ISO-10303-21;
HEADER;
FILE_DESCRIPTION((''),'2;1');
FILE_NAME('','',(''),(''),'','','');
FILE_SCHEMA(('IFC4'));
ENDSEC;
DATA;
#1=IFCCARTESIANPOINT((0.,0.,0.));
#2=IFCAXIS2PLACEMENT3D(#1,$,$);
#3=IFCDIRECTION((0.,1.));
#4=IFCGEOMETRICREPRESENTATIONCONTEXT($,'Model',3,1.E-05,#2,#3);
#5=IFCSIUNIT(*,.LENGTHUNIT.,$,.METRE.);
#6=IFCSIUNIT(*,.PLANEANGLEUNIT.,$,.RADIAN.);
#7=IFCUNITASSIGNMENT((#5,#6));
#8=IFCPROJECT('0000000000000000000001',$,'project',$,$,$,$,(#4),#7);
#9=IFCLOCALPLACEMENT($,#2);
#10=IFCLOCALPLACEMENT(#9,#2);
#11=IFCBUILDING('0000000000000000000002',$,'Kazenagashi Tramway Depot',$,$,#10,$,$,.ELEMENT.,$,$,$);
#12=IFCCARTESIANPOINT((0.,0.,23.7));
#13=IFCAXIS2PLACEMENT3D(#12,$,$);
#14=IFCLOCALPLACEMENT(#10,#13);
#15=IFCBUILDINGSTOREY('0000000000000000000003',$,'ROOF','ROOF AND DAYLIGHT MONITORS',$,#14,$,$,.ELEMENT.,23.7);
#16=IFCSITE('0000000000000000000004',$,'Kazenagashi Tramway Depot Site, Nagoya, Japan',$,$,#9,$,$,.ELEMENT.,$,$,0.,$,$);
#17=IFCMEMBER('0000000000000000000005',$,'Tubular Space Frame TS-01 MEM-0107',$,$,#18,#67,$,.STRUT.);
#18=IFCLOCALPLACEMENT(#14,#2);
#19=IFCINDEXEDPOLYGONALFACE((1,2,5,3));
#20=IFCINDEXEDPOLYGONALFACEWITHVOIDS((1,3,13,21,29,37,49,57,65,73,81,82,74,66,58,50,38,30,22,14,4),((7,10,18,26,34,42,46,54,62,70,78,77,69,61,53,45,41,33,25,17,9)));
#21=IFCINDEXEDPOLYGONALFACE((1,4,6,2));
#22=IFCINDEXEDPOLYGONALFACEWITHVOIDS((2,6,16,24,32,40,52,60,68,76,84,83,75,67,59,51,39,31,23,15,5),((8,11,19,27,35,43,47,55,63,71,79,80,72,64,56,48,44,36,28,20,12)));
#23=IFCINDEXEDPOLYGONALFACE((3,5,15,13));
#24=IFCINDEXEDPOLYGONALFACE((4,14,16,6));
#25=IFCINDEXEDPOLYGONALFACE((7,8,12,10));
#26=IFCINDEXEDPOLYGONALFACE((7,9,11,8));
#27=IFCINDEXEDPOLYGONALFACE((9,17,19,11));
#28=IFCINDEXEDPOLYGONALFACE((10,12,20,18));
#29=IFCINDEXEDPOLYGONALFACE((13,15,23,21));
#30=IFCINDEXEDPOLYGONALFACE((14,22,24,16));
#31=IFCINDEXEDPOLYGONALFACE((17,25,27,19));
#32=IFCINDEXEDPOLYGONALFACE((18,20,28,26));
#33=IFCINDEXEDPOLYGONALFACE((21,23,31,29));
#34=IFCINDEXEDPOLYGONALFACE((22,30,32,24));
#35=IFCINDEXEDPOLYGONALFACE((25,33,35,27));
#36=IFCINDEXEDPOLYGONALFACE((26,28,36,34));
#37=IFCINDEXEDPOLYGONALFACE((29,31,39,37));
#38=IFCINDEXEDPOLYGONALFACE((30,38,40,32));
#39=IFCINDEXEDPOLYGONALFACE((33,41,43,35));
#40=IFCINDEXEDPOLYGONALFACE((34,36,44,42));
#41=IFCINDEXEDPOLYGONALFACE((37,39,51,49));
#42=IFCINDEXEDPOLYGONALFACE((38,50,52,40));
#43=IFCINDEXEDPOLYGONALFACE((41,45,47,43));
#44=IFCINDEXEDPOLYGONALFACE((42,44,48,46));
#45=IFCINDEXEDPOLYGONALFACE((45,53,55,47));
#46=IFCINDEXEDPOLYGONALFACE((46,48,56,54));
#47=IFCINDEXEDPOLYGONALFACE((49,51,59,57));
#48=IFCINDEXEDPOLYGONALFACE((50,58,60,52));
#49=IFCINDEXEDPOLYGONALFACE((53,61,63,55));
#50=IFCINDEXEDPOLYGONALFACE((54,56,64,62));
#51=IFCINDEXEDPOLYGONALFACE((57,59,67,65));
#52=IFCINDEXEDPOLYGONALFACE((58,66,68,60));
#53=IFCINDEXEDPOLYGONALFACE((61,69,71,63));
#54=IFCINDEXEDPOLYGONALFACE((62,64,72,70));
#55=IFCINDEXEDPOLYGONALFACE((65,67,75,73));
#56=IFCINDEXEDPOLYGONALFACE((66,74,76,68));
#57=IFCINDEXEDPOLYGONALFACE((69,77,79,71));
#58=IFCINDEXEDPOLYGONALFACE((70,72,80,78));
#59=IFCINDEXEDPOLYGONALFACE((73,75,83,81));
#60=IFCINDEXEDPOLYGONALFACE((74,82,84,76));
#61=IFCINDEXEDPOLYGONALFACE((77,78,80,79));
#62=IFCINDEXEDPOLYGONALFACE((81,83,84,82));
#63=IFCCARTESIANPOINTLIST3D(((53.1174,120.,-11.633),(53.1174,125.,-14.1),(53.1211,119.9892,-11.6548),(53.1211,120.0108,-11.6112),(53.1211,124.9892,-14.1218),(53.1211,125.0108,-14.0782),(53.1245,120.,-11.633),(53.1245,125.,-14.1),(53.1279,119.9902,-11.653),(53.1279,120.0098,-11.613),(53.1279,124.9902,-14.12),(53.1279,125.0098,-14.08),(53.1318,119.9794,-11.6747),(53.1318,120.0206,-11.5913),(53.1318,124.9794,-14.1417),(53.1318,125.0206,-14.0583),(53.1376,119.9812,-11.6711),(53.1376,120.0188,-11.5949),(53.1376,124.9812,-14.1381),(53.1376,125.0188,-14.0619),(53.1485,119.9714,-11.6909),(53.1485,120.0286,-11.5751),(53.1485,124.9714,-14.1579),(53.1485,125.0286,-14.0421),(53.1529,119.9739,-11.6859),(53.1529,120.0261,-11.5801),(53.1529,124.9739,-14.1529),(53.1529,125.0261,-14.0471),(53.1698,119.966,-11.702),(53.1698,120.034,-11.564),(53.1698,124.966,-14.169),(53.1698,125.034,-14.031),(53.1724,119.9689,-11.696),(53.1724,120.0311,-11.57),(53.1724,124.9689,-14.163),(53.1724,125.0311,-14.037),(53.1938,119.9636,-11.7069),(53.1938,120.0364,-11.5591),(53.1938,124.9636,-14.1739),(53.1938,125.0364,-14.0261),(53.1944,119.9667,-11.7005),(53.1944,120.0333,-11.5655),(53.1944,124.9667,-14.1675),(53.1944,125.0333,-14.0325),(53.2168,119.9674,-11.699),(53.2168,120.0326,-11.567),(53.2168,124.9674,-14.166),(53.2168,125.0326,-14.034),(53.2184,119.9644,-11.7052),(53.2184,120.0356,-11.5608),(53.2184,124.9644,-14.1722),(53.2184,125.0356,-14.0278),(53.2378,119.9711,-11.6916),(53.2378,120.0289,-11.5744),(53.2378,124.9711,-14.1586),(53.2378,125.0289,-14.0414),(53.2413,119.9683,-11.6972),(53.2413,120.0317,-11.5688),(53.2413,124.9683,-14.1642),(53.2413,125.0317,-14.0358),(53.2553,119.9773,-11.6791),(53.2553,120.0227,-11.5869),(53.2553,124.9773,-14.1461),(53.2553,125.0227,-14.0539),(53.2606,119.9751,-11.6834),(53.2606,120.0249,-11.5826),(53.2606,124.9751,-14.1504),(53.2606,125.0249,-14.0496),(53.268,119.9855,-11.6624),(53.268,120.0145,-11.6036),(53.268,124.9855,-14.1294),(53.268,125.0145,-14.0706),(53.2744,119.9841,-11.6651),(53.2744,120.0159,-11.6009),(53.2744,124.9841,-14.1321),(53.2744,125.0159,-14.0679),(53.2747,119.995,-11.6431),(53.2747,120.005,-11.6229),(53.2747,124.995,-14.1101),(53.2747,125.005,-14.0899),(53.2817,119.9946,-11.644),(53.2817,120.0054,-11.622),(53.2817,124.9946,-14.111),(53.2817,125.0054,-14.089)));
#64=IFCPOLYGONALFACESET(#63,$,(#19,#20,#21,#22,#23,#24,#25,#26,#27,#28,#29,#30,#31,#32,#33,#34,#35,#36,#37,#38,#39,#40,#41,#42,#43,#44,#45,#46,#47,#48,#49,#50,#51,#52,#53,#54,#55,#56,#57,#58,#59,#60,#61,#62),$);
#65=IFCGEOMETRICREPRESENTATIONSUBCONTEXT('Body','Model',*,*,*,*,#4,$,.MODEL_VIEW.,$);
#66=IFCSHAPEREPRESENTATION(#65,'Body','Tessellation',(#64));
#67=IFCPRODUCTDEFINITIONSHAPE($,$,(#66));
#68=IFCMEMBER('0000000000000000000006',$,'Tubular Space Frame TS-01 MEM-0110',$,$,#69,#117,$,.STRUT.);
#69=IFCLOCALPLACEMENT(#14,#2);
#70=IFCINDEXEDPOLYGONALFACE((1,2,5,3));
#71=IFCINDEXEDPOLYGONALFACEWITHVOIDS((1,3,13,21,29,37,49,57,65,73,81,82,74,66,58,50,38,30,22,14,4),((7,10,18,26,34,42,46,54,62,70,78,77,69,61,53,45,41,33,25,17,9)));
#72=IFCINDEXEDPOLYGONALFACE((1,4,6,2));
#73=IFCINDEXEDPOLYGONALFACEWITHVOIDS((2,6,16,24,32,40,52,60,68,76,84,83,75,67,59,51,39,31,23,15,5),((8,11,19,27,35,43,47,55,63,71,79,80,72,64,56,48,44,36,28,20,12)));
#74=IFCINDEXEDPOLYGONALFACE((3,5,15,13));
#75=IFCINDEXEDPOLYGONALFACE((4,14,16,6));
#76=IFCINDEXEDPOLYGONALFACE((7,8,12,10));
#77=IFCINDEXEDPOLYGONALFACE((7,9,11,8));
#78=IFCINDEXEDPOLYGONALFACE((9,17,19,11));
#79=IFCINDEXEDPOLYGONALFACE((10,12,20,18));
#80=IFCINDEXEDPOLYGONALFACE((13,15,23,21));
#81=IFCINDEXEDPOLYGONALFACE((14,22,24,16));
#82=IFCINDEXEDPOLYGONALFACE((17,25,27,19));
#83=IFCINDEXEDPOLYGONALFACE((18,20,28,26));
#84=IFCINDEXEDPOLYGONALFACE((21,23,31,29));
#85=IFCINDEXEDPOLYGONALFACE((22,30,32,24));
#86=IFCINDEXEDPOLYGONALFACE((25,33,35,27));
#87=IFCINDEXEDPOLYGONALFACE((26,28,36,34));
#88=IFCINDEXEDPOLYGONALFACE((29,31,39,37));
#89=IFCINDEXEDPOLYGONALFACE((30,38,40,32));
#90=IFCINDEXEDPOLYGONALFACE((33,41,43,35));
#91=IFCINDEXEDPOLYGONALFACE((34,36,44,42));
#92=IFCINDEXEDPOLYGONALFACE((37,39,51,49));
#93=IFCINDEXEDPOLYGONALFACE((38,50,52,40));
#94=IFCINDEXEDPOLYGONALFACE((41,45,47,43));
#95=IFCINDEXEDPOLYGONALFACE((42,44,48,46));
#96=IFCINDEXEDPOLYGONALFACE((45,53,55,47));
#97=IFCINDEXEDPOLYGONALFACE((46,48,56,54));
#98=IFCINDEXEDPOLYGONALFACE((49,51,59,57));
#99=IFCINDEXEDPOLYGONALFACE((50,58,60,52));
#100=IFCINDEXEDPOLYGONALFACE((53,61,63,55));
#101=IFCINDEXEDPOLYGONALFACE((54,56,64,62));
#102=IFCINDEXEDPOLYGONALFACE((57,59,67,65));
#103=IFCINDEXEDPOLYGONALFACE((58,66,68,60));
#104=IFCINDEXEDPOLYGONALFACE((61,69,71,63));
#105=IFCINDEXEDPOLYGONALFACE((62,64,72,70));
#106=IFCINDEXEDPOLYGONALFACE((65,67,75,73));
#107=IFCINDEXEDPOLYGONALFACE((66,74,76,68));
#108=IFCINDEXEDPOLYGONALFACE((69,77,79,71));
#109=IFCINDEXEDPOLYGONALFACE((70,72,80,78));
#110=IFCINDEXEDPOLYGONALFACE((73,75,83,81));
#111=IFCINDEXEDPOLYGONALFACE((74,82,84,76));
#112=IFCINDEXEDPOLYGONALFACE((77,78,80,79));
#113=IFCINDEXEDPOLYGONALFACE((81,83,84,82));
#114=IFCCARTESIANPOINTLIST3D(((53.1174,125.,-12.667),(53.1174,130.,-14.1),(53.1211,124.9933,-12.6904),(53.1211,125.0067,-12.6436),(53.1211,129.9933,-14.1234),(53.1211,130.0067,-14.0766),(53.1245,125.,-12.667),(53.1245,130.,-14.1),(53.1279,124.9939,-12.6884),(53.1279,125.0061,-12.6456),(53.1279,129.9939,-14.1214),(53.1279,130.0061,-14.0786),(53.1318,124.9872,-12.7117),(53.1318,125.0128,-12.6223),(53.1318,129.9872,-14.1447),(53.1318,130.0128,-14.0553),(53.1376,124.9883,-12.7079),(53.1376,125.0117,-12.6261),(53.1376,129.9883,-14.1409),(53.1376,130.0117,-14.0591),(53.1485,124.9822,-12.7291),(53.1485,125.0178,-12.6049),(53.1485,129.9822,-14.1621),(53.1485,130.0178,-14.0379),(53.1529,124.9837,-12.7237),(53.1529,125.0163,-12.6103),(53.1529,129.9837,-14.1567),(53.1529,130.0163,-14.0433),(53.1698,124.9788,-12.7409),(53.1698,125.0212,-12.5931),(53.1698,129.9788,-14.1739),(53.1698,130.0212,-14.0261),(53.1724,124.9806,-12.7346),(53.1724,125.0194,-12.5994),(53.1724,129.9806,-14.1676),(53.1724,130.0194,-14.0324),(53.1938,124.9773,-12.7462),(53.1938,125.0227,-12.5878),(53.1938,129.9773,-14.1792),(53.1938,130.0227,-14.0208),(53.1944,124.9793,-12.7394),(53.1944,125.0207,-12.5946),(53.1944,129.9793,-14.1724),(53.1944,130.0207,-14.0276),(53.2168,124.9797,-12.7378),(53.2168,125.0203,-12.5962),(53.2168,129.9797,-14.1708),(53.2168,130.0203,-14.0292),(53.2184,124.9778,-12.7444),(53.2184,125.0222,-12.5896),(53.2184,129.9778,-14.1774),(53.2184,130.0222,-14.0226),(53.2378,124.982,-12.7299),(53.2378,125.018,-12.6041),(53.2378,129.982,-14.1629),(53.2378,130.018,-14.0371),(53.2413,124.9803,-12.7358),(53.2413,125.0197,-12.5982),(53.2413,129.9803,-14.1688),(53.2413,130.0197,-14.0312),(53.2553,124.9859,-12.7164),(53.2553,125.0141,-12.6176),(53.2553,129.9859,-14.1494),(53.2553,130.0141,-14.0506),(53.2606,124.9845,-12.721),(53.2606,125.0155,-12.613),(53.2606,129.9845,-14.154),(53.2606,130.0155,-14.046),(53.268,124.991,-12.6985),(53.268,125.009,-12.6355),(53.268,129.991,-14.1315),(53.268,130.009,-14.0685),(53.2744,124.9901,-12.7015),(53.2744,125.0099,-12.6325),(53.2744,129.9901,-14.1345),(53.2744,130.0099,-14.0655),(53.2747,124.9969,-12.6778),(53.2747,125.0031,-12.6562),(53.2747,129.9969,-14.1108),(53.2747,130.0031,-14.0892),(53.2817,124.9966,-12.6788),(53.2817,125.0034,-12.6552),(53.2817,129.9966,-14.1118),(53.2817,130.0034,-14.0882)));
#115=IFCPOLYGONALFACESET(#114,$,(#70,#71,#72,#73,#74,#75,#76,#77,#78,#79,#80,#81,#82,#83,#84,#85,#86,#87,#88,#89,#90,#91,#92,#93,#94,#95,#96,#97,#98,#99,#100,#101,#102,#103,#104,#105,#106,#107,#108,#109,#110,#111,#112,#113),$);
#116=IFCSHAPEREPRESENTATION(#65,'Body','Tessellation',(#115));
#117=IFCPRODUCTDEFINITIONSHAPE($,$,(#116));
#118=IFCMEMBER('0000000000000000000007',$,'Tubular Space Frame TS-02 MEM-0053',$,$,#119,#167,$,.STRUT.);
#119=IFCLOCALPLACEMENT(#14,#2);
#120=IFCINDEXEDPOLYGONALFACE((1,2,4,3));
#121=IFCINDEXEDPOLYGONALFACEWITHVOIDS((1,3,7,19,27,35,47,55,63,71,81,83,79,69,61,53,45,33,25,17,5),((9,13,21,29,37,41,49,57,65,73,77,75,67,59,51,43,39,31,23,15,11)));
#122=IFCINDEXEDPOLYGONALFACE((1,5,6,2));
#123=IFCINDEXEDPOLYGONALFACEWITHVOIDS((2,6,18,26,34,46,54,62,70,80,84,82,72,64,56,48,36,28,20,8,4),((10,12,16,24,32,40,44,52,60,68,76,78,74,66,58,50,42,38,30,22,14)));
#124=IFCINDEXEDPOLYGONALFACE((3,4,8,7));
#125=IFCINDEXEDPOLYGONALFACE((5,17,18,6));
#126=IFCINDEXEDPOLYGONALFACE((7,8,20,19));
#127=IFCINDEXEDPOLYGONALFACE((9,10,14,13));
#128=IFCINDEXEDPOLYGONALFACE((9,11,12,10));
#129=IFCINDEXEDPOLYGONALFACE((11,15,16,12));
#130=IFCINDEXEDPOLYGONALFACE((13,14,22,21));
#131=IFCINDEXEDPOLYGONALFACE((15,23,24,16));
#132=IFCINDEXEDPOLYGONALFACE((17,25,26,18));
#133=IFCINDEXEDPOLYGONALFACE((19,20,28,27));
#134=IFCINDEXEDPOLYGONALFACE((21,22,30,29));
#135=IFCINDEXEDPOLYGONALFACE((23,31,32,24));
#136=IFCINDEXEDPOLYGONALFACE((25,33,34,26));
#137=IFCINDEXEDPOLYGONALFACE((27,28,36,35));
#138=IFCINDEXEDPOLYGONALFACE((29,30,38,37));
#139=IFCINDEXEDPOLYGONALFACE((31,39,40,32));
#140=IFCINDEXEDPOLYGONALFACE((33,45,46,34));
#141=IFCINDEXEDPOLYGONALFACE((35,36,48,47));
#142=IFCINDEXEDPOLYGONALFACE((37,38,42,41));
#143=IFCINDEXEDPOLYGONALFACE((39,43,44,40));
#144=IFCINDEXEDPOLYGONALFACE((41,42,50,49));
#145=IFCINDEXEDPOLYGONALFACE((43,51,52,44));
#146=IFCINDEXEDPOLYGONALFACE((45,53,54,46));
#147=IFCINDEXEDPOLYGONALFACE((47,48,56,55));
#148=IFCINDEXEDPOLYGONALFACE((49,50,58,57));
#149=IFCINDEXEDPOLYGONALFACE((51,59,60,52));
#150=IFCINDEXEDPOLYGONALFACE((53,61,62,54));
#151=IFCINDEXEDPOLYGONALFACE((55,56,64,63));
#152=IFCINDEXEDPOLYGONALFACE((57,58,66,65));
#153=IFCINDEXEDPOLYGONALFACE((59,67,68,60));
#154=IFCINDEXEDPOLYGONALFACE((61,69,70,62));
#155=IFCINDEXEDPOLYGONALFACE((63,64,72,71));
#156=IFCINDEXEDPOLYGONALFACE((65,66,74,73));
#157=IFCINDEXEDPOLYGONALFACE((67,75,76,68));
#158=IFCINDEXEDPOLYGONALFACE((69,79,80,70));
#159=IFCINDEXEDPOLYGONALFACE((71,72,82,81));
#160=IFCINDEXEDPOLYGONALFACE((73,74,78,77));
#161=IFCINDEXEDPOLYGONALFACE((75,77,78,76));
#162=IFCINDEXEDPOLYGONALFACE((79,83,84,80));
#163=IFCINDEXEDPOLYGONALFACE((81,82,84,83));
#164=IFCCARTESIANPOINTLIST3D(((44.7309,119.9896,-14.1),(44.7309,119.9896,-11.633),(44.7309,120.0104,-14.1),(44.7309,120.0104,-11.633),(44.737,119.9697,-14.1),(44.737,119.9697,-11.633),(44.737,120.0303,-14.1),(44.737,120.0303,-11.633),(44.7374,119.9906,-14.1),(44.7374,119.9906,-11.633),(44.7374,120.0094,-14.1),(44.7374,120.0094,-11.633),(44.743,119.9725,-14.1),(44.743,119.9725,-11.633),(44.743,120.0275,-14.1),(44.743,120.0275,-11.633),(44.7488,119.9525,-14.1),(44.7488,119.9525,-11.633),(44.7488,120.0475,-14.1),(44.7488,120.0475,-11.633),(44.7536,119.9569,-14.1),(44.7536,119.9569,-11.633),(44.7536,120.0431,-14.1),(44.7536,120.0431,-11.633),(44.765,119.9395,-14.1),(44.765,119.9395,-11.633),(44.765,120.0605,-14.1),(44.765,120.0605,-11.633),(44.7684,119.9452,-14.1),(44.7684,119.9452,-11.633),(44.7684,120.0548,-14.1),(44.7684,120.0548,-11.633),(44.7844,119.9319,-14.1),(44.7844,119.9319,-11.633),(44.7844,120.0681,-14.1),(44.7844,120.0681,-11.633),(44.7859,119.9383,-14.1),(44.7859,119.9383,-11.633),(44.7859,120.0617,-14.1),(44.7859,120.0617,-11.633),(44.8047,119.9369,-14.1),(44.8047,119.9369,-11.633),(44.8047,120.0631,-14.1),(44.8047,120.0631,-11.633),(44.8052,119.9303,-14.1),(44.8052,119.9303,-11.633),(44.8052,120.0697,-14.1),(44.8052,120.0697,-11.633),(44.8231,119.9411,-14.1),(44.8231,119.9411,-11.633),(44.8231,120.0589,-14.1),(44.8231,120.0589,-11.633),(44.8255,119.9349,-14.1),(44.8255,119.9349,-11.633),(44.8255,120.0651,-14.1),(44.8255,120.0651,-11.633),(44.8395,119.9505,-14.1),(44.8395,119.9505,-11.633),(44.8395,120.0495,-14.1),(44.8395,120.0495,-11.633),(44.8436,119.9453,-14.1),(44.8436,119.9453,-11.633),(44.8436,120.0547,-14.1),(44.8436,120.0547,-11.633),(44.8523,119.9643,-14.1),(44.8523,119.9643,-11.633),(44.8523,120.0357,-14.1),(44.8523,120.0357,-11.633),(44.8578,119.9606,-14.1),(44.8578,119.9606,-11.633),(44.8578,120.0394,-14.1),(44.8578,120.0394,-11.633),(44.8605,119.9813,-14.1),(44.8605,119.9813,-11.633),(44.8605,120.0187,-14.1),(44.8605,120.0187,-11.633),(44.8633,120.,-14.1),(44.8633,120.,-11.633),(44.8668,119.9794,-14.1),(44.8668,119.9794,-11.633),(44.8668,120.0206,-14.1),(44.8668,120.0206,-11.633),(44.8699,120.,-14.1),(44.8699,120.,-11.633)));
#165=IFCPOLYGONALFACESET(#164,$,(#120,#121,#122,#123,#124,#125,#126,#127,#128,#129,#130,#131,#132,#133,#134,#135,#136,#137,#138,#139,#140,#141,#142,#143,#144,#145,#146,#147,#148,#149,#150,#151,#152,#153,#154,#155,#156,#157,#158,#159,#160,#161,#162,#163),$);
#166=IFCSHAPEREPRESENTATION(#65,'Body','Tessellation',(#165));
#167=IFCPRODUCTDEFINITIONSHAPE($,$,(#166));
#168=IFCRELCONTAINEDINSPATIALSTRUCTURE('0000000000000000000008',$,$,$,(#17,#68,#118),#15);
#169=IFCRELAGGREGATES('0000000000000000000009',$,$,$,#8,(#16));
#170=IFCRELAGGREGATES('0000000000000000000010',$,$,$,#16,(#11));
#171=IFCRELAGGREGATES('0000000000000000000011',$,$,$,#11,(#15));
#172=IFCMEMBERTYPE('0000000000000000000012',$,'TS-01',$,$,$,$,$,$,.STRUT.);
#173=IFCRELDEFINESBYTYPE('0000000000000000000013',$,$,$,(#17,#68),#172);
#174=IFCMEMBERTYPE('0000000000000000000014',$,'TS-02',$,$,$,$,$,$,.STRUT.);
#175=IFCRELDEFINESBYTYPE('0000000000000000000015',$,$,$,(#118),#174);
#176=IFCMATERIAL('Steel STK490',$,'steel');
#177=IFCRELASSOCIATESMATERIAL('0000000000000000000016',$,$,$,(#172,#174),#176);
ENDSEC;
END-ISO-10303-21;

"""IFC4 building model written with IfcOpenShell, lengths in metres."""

from ifc_helpers import new_model, si_unit, direction, frame, origin, origin_2d, place, context, subcontext, project, spatial, hollow_circle, extrude, material, material_profile, profile_set, type_object, element, save


model = new_model("IFC4")

# Units and contexts
model_context = context("Model", 3, precision=1e-05, world=origin(), true_north=direction((0.0, 1.0)))
body_context = subcontext(model_context, "Body", "Model", "MODEL_VIEW")
ifc_project = project(units=[si_unit("LENGTHUNIT", "METRE"), si_unit("PLANEANGLEUNIT", "RADIAN")], contexts=[model_context])

# Site, building, storey
site_placement = place(None, origin())
site = spatial("IfcSite", under=ifc_project, at=site_placement, Name="Kazenagashi Tramway Depot Site, Nagoya, Japan", CompositionType="ELEMENT", RefElevation=0.0)
building_placement = place(site_placement, origin())
building = spatial("IfcBuilding", under=site, at=building_placement, Name="Kazenagashi Tramway Depot", CompositionType="ELEMENT")
storey_placement = place(building_placement, frame((0.0, 0.0, 23.7)))
storey = spatial("IfcBuildingStorey", under=building, at=storey_placement, Name="ROOF", Description="ROOF AND DAYLIGHT MONITORS", CompositionType="ELEMENT", Elevation=23.7)

# Members
ifc_material_1 = material(Name="Steel STK490", Category="steel")
ifc_material_profile_1 = material_profile(ifc_material_1, hollow_circle(Radius=0.0826, WallThickness=0.0071, at=origin_2d()), Name="CHS-165.2x7.1")
ifc_profile_set_1 = profile_set([ifc_material_profile_1], Name="Steel STK490")
member_type_1 = type_object("IfcMemberType", Name="TS-01", PredefinedType="STRUT", material=ifc_profile_set_1)
member_1_placement = place(storey_placement, frame((53.2, 120.0, -11.633), z_axis=(0.0, 0.896782, -0.442472), x_axis=(-1.0, 0.0, 0.0)))
element("IfcMember", 1, at=member_1_placement, inside=storey, type_object=member_type_1, Name="Tubular Space Frame TS-01 MEM-0107", PredefinedType="STRUT", context=body_context, shape_type="SweptSolid", body=[
    extrude(hollow_circle(Radius=0.0826, WallThickness=0.0071, at=origin_2d()), origin(), (0.0, 0.0, 1.0), 5.5755),
])
member_2_placement = place(storey_placement, frame((53.2, 125.0, -12.667), z_axis=(0.0, 0.961299, -0.275508), x_axis=(-1.0, 0.0, 0.0)))
element("IfcMember", 2, at=member_2_placement, inside=storey, type_object=member_type_1, Name="Tubular Space Frame TS-01 MEM-0110", PredefinedType="STRUT", context=body_context, shape_type="SweptSolid", body=[
    extrude(hollow_circle(Radius=0.0826, WallThickness=0.0071, at=origin_2d()), origin(), (0.0, 0.0, 1.0), 5.2013),
])
ifc_material_profile_2 = material_profile(ifc_material_1, hollow_circle(Radius=0.0699, WallThickness=0.0066, at=origin_2d()), Name="CHS-139.8x6.6")
ifc_profile_set_2 = profile_set([ifc_material_profile_2], Name="Steel STK490")
member_type_2 = type_object("IfcMemberType", Name="TS-02", PredefinedType="STRUT", material=ifc_profile_set_2)
member_3_placement = place(storey_placement, frame((44.8, 120.0, -14.1), z_axis=(0.0, 0.0, 1.0), x_axis=(1.0, 0.0, 0.0)))
element("IfcMember", 3, at=member_3_placement, inside=storey, type_object=member_type_2, Name="Tubular Space Frame TS-02 MEM-0053", PredefinedType="STRUT", context=body_context, shape_type="SweptSolid", body=[
    extrude(hollow_circle(Radius=0.0699, WallThickness=0.0066, at=origin_2d()), origin(), (0.0, 0.0, 1.0), 2.467),
])

save(model, "model.ifc")
